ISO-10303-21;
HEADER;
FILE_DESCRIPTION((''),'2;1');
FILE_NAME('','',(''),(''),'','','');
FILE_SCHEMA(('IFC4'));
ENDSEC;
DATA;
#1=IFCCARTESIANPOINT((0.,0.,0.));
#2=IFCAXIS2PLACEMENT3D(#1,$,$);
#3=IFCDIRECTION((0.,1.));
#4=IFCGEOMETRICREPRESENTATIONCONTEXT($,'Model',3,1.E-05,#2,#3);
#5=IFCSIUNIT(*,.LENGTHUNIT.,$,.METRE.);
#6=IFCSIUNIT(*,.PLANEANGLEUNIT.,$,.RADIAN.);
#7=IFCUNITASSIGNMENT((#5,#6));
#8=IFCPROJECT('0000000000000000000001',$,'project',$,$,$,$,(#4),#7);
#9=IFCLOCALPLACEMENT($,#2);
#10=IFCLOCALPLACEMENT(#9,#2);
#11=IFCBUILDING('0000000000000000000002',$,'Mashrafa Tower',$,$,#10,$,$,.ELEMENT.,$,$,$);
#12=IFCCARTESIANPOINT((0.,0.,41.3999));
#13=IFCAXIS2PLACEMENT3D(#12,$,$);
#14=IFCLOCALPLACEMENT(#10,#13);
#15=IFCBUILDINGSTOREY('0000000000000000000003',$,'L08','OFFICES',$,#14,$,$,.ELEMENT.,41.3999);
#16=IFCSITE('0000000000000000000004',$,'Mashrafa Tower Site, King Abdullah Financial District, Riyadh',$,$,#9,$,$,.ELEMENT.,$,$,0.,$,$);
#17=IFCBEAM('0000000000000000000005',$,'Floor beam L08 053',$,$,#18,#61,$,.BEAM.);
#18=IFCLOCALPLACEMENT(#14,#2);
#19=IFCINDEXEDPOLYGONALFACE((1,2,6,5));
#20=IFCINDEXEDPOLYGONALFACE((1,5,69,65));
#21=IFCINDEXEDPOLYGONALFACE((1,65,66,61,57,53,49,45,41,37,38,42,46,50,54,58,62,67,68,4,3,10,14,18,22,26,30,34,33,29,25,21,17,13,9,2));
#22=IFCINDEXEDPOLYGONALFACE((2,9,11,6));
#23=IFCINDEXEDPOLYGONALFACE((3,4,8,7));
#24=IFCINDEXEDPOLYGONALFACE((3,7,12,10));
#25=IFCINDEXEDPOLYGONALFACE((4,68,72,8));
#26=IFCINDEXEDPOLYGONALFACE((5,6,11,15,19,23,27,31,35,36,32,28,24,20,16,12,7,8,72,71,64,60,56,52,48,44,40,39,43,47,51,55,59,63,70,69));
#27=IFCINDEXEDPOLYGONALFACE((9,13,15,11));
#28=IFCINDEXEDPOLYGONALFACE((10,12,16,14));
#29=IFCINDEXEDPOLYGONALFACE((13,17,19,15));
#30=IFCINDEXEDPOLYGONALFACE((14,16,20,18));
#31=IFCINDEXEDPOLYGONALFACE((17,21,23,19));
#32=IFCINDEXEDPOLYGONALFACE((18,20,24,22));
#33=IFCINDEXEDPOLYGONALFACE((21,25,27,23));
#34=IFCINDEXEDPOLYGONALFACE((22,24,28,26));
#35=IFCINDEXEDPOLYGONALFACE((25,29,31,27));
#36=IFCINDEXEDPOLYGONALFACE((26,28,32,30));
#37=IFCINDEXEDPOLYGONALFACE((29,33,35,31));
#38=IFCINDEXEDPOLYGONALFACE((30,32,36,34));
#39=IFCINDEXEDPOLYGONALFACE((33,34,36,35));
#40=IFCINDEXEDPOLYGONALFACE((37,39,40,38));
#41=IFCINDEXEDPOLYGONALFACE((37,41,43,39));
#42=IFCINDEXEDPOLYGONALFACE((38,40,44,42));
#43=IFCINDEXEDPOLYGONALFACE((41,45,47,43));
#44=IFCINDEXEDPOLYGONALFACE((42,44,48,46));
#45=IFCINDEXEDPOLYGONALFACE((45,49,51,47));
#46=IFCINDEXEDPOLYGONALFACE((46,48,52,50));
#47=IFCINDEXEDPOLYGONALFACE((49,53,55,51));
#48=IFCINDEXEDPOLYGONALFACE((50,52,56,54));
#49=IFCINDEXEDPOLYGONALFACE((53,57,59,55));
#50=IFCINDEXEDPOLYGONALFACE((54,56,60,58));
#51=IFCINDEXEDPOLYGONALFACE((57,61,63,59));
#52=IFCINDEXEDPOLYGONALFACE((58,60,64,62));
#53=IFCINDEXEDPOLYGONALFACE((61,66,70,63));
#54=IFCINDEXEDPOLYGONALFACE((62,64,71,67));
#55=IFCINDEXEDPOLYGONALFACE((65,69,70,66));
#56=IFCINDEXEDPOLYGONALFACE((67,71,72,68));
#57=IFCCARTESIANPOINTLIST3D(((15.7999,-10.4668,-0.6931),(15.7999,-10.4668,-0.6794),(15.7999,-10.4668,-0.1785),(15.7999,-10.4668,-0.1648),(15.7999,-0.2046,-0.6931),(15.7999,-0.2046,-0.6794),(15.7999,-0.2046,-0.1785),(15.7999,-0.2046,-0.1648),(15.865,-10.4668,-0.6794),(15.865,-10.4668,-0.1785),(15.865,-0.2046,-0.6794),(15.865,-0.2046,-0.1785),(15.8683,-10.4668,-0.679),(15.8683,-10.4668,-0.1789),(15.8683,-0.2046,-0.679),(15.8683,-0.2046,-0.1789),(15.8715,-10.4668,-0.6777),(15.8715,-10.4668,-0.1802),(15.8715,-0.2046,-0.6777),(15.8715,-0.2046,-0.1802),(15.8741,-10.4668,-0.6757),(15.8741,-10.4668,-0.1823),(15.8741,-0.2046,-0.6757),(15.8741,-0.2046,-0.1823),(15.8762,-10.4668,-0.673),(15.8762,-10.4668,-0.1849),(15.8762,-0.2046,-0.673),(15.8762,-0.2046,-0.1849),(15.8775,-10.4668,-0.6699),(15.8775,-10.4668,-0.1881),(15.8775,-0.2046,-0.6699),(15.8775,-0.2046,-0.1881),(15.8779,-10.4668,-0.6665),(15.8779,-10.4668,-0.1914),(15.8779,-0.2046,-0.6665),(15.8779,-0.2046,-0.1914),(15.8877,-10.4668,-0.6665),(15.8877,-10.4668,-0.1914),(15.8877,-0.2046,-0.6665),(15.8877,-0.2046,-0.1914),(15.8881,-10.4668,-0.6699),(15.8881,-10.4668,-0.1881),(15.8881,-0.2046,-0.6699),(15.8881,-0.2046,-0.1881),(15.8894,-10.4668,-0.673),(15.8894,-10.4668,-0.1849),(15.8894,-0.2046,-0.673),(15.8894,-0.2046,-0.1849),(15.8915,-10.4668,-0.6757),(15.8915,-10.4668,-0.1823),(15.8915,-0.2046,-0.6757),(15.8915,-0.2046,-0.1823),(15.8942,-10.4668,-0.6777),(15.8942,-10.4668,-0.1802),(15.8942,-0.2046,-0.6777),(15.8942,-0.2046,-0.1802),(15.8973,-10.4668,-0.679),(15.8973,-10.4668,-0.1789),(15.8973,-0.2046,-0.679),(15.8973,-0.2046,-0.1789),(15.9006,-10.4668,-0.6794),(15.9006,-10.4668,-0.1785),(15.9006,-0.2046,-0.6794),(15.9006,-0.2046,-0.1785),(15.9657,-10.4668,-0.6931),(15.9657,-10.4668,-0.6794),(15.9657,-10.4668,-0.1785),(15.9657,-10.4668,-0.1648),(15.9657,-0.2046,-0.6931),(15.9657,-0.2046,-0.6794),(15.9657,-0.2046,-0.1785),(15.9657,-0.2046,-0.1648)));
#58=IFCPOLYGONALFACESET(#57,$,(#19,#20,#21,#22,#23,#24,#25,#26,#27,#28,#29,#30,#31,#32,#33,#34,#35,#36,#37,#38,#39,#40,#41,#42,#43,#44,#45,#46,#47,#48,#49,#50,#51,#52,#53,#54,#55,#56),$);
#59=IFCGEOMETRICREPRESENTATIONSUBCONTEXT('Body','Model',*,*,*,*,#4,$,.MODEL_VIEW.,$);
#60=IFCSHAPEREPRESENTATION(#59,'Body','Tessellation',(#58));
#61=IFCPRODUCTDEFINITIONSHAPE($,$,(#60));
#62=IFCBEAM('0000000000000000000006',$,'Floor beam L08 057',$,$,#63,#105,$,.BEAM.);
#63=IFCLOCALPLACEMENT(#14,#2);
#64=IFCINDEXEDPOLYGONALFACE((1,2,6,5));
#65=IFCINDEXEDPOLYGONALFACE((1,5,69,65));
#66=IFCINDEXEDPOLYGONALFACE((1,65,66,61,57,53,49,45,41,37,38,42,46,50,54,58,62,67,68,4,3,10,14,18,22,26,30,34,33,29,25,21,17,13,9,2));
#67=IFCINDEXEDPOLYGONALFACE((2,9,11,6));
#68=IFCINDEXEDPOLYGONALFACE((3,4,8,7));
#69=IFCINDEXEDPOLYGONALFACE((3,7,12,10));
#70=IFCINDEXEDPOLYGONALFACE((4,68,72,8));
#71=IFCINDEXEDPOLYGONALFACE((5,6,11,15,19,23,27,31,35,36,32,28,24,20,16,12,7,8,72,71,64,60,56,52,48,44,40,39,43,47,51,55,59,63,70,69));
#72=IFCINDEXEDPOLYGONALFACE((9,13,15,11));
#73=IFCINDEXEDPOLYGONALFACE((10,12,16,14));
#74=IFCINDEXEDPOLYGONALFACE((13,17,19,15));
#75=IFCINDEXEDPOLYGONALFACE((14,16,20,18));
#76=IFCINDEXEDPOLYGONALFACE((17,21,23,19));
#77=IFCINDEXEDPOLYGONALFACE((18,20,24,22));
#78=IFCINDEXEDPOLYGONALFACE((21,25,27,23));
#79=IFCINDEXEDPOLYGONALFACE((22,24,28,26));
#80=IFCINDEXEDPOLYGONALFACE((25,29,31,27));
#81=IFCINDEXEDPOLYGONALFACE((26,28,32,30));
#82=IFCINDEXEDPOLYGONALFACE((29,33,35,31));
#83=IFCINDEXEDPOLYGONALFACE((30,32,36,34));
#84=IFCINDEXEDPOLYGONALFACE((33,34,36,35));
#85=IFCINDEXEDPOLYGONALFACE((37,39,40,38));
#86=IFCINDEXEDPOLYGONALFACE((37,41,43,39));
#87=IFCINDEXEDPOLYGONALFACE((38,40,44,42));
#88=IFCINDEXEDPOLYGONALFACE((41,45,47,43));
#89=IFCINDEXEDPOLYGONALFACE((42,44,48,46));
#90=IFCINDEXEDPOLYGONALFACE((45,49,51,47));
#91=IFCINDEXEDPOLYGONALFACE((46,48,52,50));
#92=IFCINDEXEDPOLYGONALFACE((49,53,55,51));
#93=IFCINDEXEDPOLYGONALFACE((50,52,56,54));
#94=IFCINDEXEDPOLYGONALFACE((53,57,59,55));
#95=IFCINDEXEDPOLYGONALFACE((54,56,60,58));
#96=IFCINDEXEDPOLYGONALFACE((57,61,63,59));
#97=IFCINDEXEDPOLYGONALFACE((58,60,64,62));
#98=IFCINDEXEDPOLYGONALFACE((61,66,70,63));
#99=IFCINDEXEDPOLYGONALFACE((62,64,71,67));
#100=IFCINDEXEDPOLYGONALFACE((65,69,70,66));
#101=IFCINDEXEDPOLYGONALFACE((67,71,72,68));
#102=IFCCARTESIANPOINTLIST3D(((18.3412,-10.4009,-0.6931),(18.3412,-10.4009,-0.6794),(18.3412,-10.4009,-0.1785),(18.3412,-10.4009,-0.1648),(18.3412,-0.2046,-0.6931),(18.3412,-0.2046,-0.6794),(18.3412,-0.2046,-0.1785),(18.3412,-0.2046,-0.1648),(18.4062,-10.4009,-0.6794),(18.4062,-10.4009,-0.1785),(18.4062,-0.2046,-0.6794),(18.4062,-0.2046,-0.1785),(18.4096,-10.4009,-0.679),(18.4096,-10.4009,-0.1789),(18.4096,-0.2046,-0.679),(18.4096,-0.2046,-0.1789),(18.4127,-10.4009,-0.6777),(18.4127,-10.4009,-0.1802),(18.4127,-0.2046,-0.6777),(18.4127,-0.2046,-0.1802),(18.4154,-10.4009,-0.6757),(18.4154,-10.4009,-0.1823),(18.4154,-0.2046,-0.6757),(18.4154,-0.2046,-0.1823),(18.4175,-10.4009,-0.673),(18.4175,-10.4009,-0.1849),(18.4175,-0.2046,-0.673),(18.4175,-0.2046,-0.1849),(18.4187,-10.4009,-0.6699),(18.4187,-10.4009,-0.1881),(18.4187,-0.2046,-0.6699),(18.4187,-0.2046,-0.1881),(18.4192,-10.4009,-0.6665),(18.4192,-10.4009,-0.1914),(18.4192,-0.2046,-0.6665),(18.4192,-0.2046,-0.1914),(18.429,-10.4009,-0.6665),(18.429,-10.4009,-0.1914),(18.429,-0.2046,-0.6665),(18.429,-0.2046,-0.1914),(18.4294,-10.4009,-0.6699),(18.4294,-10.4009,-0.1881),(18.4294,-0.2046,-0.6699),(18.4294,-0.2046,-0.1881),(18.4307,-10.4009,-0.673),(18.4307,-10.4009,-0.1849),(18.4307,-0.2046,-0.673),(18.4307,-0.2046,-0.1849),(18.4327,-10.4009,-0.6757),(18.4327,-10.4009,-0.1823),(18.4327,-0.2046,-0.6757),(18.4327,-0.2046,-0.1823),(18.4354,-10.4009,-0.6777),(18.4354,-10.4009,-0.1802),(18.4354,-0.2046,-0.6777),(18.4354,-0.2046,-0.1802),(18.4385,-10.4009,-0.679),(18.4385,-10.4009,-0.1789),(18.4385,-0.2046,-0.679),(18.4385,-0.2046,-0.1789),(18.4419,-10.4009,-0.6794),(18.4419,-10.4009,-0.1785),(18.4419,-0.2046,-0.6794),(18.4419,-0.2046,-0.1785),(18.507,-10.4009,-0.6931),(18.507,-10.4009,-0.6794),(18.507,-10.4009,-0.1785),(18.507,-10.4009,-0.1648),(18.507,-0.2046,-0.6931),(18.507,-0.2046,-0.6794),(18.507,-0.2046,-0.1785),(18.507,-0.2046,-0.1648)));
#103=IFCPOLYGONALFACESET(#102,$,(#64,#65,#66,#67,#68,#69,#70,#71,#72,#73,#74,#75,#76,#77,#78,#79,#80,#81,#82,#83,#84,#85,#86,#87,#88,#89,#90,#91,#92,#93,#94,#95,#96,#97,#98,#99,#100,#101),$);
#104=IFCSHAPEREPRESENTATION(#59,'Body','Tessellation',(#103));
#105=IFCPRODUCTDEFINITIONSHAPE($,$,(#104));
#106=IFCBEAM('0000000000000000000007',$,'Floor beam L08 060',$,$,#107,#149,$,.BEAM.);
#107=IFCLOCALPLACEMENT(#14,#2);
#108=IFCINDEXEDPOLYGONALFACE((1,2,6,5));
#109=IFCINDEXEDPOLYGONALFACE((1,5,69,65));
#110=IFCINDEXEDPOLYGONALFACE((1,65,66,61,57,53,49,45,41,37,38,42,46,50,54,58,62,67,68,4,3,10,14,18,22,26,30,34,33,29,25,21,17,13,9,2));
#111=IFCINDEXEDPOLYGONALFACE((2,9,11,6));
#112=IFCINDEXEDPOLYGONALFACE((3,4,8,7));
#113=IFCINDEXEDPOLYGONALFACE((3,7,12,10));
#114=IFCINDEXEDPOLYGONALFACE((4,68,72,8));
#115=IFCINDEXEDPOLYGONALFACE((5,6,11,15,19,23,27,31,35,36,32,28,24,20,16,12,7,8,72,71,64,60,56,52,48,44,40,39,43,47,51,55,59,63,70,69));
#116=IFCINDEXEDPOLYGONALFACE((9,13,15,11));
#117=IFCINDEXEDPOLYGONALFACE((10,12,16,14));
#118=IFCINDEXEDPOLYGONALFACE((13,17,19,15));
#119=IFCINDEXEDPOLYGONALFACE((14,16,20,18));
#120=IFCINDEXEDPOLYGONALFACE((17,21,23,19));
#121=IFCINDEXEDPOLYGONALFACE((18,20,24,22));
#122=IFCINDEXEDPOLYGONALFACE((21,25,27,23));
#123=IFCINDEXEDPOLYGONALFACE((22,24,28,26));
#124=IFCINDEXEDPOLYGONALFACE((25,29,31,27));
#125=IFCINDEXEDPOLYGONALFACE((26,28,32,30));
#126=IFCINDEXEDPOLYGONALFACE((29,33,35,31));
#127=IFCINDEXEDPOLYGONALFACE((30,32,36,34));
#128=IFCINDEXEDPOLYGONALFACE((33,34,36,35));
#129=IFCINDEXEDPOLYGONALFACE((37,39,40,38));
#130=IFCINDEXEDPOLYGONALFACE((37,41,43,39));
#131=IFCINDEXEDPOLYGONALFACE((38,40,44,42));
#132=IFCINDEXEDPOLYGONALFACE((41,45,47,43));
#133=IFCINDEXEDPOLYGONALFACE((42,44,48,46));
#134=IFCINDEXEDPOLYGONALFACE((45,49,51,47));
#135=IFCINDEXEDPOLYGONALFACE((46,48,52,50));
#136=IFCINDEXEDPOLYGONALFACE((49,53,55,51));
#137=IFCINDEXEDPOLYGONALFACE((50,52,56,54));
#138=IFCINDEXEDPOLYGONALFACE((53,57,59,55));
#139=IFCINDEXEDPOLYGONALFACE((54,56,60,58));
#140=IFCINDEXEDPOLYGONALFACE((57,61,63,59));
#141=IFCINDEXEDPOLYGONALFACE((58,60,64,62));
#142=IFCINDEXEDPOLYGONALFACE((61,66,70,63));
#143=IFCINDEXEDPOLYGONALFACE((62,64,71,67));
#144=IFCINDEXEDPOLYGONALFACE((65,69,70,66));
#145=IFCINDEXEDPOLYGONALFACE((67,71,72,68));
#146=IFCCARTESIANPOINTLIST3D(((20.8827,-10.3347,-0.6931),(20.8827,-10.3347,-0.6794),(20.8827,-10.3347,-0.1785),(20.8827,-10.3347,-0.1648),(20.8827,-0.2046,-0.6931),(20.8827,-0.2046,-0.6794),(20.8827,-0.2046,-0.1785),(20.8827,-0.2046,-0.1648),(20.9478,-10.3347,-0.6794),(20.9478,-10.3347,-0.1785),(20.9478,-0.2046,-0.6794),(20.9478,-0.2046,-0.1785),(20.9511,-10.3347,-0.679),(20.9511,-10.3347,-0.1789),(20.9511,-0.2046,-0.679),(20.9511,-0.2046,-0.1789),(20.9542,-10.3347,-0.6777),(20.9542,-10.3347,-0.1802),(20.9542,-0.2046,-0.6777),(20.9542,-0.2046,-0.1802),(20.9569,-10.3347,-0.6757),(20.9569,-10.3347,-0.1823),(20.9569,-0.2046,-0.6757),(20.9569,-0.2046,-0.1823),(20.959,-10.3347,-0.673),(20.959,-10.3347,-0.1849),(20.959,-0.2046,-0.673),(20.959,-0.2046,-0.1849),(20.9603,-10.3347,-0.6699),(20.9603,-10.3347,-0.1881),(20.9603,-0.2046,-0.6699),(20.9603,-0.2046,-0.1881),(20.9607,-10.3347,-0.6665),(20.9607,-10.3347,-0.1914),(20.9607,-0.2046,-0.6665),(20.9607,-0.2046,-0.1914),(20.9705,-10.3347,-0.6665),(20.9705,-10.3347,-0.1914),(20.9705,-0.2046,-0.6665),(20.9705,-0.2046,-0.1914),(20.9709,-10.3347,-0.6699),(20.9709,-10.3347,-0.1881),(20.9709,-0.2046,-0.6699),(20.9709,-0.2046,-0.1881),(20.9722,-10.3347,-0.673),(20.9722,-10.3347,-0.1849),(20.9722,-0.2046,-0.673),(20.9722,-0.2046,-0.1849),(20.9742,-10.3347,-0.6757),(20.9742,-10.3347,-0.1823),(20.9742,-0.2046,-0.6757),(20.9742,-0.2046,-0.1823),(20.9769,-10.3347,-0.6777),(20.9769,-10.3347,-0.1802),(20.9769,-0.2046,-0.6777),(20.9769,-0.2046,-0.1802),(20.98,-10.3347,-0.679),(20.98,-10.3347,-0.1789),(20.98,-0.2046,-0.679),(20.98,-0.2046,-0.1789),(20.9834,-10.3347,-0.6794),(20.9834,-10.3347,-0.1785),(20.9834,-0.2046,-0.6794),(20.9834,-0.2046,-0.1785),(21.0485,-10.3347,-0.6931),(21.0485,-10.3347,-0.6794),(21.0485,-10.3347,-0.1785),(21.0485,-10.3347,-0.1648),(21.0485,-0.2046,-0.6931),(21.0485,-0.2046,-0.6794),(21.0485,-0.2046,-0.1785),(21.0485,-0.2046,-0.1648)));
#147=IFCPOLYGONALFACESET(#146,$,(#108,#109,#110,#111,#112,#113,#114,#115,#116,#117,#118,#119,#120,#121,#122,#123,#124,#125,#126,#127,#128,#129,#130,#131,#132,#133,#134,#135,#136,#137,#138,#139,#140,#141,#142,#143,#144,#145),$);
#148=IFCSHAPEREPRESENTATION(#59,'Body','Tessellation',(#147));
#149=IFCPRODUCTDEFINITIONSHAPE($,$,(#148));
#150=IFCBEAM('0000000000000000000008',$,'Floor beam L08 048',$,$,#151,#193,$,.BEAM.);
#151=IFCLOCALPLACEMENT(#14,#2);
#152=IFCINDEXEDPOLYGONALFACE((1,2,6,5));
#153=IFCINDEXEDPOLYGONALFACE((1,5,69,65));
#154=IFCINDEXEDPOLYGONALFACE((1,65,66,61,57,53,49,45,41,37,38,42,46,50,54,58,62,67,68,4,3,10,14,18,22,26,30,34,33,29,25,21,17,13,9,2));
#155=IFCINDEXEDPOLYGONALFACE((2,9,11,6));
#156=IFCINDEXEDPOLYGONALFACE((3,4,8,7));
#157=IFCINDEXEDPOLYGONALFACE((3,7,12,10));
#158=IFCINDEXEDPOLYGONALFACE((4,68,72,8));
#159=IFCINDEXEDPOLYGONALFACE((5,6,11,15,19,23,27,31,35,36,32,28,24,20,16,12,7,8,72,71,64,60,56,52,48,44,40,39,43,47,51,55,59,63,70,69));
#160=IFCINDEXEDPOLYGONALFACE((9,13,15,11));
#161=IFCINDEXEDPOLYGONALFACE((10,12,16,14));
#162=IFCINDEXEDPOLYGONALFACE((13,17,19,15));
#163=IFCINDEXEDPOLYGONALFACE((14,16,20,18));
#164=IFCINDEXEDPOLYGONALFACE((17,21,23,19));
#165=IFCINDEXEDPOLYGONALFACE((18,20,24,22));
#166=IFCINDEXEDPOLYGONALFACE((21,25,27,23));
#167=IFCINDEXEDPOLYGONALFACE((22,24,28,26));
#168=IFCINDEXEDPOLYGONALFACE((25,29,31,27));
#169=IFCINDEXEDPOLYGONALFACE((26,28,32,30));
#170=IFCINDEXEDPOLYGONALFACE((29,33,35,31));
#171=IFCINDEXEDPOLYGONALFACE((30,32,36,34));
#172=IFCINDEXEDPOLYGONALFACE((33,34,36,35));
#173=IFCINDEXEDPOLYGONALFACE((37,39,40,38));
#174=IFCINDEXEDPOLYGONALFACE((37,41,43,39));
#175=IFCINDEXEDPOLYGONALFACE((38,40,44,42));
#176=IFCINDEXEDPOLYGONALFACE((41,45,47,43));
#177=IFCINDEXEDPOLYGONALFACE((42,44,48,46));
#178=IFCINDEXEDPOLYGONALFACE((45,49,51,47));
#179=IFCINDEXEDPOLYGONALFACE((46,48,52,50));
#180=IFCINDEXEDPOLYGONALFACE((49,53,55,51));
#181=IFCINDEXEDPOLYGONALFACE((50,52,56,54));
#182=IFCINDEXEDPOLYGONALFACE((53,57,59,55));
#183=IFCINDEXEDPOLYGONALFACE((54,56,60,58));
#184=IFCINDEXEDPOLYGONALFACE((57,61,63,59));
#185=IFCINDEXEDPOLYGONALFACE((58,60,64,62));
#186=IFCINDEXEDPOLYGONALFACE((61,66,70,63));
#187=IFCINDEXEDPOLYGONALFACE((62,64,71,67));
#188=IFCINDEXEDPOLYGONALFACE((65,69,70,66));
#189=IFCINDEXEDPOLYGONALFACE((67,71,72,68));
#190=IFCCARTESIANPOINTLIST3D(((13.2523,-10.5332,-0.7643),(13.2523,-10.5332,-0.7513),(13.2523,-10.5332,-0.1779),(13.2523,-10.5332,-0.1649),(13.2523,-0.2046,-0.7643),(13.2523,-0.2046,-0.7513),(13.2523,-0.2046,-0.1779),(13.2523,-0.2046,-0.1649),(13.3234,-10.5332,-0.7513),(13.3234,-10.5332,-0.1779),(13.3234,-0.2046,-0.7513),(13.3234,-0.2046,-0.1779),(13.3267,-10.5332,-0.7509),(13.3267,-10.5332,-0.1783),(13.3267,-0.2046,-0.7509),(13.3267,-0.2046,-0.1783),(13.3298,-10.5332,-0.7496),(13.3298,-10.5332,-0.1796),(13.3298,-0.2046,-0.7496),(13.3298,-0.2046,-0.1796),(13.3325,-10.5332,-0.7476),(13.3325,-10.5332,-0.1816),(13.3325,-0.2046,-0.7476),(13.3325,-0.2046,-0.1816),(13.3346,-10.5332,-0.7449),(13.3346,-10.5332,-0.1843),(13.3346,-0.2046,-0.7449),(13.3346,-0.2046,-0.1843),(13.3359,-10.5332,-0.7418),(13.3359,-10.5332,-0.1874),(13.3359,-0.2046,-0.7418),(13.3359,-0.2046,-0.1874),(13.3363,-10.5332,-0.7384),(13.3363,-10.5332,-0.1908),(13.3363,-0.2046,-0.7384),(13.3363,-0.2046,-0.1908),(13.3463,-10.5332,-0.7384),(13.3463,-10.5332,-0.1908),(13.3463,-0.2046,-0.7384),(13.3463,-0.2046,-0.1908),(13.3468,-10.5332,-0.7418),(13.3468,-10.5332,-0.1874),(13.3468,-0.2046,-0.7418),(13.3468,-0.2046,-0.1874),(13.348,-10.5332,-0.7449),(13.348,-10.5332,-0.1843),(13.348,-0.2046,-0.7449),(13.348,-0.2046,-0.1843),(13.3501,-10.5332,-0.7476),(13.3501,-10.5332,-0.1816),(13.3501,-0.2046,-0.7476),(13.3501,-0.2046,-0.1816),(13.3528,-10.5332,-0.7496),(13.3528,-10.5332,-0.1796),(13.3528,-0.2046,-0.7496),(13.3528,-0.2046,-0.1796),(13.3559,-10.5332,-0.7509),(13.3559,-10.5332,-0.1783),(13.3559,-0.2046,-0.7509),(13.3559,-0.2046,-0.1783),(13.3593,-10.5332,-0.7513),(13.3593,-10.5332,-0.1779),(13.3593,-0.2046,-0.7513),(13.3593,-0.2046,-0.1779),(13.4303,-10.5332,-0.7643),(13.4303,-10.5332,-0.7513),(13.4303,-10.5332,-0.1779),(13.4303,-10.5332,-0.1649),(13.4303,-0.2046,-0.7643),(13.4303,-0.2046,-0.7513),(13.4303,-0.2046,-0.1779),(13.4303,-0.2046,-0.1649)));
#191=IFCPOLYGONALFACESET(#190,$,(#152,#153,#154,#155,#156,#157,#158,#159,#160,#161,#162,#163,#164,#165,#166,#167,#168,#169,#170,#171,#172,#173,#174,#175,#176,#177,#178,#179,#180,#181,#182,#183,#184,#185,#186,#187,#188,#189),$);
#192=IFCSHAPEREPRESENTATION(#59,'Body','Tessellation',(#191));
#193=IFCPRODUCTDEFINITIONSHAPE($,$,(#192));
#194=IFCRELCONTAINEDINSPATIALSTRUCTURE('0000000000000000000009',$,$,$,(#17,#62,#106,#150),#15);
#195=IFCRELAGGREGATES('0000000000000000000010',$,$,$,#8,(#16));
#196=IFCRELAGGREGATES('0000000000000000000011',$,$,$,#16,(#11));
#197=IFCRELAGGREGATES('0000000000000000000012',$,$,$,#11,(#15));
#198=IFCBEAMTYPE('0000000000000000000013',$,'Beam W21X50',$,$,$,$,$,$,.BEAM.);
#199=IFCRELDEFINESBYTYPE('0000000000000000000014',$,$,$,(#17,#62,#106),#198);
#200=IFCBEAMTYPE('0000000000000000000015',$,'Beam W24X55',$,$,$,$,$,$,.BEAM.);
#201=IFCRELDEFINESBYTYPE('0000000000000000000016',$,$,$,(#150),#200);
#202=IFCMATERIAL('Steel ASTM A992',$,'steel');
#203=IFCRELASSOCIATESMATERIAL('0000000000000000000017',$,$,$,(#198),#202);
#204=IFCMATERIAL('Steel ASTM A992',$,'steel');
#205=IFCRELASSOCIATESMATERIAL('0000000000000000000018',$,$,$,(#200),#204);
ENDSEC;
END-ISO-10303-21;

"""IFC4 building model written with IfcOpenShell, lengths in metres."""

from ifc_helpers import new_model, si_unit, direction, frame, origin, origin_2d, place, context, subcontext, project, spatial, i_section, extrude, material, material_profile, profile_set, type_object, element, save


model = new_model("IFC4")

# Units and contexts
model_context = context("Model", 3, precision=1e-05, world=origin(), true_north=direction((0.0, 1.0)))
body_context = subcontext(model_context, "Body", "Model", "MODEL_VIEW")
ifc_project = project(units=[si_unit("LENGTHUNIT", "METRE"), si_unit("PLANEANGLEUNIT", "RADIAN")], contexts=[model_context])

# Site, building, storey
site_placement = place(None, origin())
site = spatial("IfcSite", under=ifc_project, at=site_placement, Name="Mashrafa Tower Site, King Abdullah Financial District, Riyadh", CompositionType="ELEMENT", RefElevation=0.0)
building_placement = place(site_placement, origin())
building = spatial("IfcBuilding", under=site, at=building_placement, Name="Mashrafa Tower", CompositionType="ELEMENT")
storey_placement = place(building_placement, frame((0.0, 0.0, 41.3999)))
storey = spatial("IfcBuildingStorey", under=building, at=storey_placement, Name="L08", Description="OFFICES", CompositionType="ELEMENT", Elevation=41.3999)

# Beams
ifc_material_1 = material(Name="Steel ASTM A992", Category="steel")
ifc_material_profile_1 = material_profile(ifc_material_1, i_section(OverallWidth=0.1658, OverallDepth=0.5283, WebThickness=0.0098, FlangeThickness=0.0137, FilletRadius=0.0129, at=origin_2d()), Name="W21X50")
ifc_profile_set_1 = profile_set([ifc_material_profile_1], Name="Steel ASTM A992")
beam_type_1 = type_object("IfcBeamType", Name="Beam W21X50", PredefinedType="BEAM", material=ifc_profile_set_1)
beam_1_placement = place(storey_placement, frame((15.8828, -0.2046, -0.429), z_axis=(0.0, -1.0, 0.0), x_axis=(1.0, 0.0, 0.0)))
element("IfcBeam", 1, at=beam_1_placement, inside=storey, type_object=beam_type_1, Name="Floor beam L08 053", PredefinedType="BEAM", context=body_context, shape_type="SweptSolid", body=[
    extrude(i_section(OverallWidth=0.1658, OverallDepth=0.5283, WebThickness=0.0098, FlangeThickness=0.0137, FilletRadius=0.0129, at=origin_2d()), origin(), (0.0, 0.0, 1.0), 10.2622),
])
beam_2_placement = place(storey_placement, frame((18.4241, -0.2046, -0.429), z_axis=(0.0, -1.0, 0.0), x_axis=(1.0, 0.0, 0.0)))
element("IfcBeam", 2, at=beam_2_placement, inside=storey, type_object=beam_type_1, Name="Floor beam L08 057", PredefinedType="BEAM", context=body_context, shape_type="SweptSolid", body=[
    extrude(i_section(OverallWidth=0.1658, OverallDepth=0.5283, WebThickness=0.0098, FlangeThickness=0.0137, FilletRadius=0.0129, at=origin_2d()), origin(), (0.0, 0.0, 1.0), 10.1963),
])
beam_3_placement = place(storey_placement, frame((20.9656, -0.2046, -0.429), z_axis=(0.0, -1.0, 0.0), x_axis=(1.0, 0.0, 0.0)))
element("IfcBeam", 3, at=beam_3_placement, inside=storey, type_object=beam_type_1, Name="Floor beam L08 060", PredefinedType="BEAM", context=body_context, shape_type="SweptSolid", body=[
    extrude(i_section(OverallWidth=0.1658, OverallDepth=0.5283, WebThickness=0.0098, FlangeThickness=0.0137, FilletRadius=0.0129, at=origin_2d()), origin(), (0.0, 0.0, 1.0), 10.1301),
])
ifc_material_2 = material(Name="Steel ASTM A992", Category="steel")
ifc_material_profile_2 = material_profile(ifc_material_2, i_section(OverallWidth=0.178, OverallDepth=0.5994, WebThickness=0.01, FlangeThickness=0.0129, FilletRadius=0.0129, at=origin_2d()), Name="W24X55")
ifc_profile_set_2 = profile_set([ifc_material_profile_2], Name="Steel ASTM A992")
beam_type_2 = type_object("IfcBeamType", Name="Beam W24X55", PredefinedType="BEAM", material=ifc_profile_set_2)
beam_4_placement = place(storey_placement, frame((13.3413, -0.2046, -0.4646), z_axis=(0.0, -1.0, 0.0), x_axis=(1.0, 0.0, 0.0)))
element("IfcBeam", 4, at=beam_4_placement, inside=storey, type_object=beam_type_2, Name="Floor beam L08 048", PredefinedType="BEAM", context=body_context, shape_type="SweptSolid", body=[
    extrude(i_section(OverallWidth=0.178, OverallDepth=0.5994, WebThickness=0.01, FlangeThickness=0.0129, FilletRadius=0.0129, at=origin_2d()), origin(), (0.0, 0.0, 1.0), 10.3286),
])

save(model, "model.ifc")
